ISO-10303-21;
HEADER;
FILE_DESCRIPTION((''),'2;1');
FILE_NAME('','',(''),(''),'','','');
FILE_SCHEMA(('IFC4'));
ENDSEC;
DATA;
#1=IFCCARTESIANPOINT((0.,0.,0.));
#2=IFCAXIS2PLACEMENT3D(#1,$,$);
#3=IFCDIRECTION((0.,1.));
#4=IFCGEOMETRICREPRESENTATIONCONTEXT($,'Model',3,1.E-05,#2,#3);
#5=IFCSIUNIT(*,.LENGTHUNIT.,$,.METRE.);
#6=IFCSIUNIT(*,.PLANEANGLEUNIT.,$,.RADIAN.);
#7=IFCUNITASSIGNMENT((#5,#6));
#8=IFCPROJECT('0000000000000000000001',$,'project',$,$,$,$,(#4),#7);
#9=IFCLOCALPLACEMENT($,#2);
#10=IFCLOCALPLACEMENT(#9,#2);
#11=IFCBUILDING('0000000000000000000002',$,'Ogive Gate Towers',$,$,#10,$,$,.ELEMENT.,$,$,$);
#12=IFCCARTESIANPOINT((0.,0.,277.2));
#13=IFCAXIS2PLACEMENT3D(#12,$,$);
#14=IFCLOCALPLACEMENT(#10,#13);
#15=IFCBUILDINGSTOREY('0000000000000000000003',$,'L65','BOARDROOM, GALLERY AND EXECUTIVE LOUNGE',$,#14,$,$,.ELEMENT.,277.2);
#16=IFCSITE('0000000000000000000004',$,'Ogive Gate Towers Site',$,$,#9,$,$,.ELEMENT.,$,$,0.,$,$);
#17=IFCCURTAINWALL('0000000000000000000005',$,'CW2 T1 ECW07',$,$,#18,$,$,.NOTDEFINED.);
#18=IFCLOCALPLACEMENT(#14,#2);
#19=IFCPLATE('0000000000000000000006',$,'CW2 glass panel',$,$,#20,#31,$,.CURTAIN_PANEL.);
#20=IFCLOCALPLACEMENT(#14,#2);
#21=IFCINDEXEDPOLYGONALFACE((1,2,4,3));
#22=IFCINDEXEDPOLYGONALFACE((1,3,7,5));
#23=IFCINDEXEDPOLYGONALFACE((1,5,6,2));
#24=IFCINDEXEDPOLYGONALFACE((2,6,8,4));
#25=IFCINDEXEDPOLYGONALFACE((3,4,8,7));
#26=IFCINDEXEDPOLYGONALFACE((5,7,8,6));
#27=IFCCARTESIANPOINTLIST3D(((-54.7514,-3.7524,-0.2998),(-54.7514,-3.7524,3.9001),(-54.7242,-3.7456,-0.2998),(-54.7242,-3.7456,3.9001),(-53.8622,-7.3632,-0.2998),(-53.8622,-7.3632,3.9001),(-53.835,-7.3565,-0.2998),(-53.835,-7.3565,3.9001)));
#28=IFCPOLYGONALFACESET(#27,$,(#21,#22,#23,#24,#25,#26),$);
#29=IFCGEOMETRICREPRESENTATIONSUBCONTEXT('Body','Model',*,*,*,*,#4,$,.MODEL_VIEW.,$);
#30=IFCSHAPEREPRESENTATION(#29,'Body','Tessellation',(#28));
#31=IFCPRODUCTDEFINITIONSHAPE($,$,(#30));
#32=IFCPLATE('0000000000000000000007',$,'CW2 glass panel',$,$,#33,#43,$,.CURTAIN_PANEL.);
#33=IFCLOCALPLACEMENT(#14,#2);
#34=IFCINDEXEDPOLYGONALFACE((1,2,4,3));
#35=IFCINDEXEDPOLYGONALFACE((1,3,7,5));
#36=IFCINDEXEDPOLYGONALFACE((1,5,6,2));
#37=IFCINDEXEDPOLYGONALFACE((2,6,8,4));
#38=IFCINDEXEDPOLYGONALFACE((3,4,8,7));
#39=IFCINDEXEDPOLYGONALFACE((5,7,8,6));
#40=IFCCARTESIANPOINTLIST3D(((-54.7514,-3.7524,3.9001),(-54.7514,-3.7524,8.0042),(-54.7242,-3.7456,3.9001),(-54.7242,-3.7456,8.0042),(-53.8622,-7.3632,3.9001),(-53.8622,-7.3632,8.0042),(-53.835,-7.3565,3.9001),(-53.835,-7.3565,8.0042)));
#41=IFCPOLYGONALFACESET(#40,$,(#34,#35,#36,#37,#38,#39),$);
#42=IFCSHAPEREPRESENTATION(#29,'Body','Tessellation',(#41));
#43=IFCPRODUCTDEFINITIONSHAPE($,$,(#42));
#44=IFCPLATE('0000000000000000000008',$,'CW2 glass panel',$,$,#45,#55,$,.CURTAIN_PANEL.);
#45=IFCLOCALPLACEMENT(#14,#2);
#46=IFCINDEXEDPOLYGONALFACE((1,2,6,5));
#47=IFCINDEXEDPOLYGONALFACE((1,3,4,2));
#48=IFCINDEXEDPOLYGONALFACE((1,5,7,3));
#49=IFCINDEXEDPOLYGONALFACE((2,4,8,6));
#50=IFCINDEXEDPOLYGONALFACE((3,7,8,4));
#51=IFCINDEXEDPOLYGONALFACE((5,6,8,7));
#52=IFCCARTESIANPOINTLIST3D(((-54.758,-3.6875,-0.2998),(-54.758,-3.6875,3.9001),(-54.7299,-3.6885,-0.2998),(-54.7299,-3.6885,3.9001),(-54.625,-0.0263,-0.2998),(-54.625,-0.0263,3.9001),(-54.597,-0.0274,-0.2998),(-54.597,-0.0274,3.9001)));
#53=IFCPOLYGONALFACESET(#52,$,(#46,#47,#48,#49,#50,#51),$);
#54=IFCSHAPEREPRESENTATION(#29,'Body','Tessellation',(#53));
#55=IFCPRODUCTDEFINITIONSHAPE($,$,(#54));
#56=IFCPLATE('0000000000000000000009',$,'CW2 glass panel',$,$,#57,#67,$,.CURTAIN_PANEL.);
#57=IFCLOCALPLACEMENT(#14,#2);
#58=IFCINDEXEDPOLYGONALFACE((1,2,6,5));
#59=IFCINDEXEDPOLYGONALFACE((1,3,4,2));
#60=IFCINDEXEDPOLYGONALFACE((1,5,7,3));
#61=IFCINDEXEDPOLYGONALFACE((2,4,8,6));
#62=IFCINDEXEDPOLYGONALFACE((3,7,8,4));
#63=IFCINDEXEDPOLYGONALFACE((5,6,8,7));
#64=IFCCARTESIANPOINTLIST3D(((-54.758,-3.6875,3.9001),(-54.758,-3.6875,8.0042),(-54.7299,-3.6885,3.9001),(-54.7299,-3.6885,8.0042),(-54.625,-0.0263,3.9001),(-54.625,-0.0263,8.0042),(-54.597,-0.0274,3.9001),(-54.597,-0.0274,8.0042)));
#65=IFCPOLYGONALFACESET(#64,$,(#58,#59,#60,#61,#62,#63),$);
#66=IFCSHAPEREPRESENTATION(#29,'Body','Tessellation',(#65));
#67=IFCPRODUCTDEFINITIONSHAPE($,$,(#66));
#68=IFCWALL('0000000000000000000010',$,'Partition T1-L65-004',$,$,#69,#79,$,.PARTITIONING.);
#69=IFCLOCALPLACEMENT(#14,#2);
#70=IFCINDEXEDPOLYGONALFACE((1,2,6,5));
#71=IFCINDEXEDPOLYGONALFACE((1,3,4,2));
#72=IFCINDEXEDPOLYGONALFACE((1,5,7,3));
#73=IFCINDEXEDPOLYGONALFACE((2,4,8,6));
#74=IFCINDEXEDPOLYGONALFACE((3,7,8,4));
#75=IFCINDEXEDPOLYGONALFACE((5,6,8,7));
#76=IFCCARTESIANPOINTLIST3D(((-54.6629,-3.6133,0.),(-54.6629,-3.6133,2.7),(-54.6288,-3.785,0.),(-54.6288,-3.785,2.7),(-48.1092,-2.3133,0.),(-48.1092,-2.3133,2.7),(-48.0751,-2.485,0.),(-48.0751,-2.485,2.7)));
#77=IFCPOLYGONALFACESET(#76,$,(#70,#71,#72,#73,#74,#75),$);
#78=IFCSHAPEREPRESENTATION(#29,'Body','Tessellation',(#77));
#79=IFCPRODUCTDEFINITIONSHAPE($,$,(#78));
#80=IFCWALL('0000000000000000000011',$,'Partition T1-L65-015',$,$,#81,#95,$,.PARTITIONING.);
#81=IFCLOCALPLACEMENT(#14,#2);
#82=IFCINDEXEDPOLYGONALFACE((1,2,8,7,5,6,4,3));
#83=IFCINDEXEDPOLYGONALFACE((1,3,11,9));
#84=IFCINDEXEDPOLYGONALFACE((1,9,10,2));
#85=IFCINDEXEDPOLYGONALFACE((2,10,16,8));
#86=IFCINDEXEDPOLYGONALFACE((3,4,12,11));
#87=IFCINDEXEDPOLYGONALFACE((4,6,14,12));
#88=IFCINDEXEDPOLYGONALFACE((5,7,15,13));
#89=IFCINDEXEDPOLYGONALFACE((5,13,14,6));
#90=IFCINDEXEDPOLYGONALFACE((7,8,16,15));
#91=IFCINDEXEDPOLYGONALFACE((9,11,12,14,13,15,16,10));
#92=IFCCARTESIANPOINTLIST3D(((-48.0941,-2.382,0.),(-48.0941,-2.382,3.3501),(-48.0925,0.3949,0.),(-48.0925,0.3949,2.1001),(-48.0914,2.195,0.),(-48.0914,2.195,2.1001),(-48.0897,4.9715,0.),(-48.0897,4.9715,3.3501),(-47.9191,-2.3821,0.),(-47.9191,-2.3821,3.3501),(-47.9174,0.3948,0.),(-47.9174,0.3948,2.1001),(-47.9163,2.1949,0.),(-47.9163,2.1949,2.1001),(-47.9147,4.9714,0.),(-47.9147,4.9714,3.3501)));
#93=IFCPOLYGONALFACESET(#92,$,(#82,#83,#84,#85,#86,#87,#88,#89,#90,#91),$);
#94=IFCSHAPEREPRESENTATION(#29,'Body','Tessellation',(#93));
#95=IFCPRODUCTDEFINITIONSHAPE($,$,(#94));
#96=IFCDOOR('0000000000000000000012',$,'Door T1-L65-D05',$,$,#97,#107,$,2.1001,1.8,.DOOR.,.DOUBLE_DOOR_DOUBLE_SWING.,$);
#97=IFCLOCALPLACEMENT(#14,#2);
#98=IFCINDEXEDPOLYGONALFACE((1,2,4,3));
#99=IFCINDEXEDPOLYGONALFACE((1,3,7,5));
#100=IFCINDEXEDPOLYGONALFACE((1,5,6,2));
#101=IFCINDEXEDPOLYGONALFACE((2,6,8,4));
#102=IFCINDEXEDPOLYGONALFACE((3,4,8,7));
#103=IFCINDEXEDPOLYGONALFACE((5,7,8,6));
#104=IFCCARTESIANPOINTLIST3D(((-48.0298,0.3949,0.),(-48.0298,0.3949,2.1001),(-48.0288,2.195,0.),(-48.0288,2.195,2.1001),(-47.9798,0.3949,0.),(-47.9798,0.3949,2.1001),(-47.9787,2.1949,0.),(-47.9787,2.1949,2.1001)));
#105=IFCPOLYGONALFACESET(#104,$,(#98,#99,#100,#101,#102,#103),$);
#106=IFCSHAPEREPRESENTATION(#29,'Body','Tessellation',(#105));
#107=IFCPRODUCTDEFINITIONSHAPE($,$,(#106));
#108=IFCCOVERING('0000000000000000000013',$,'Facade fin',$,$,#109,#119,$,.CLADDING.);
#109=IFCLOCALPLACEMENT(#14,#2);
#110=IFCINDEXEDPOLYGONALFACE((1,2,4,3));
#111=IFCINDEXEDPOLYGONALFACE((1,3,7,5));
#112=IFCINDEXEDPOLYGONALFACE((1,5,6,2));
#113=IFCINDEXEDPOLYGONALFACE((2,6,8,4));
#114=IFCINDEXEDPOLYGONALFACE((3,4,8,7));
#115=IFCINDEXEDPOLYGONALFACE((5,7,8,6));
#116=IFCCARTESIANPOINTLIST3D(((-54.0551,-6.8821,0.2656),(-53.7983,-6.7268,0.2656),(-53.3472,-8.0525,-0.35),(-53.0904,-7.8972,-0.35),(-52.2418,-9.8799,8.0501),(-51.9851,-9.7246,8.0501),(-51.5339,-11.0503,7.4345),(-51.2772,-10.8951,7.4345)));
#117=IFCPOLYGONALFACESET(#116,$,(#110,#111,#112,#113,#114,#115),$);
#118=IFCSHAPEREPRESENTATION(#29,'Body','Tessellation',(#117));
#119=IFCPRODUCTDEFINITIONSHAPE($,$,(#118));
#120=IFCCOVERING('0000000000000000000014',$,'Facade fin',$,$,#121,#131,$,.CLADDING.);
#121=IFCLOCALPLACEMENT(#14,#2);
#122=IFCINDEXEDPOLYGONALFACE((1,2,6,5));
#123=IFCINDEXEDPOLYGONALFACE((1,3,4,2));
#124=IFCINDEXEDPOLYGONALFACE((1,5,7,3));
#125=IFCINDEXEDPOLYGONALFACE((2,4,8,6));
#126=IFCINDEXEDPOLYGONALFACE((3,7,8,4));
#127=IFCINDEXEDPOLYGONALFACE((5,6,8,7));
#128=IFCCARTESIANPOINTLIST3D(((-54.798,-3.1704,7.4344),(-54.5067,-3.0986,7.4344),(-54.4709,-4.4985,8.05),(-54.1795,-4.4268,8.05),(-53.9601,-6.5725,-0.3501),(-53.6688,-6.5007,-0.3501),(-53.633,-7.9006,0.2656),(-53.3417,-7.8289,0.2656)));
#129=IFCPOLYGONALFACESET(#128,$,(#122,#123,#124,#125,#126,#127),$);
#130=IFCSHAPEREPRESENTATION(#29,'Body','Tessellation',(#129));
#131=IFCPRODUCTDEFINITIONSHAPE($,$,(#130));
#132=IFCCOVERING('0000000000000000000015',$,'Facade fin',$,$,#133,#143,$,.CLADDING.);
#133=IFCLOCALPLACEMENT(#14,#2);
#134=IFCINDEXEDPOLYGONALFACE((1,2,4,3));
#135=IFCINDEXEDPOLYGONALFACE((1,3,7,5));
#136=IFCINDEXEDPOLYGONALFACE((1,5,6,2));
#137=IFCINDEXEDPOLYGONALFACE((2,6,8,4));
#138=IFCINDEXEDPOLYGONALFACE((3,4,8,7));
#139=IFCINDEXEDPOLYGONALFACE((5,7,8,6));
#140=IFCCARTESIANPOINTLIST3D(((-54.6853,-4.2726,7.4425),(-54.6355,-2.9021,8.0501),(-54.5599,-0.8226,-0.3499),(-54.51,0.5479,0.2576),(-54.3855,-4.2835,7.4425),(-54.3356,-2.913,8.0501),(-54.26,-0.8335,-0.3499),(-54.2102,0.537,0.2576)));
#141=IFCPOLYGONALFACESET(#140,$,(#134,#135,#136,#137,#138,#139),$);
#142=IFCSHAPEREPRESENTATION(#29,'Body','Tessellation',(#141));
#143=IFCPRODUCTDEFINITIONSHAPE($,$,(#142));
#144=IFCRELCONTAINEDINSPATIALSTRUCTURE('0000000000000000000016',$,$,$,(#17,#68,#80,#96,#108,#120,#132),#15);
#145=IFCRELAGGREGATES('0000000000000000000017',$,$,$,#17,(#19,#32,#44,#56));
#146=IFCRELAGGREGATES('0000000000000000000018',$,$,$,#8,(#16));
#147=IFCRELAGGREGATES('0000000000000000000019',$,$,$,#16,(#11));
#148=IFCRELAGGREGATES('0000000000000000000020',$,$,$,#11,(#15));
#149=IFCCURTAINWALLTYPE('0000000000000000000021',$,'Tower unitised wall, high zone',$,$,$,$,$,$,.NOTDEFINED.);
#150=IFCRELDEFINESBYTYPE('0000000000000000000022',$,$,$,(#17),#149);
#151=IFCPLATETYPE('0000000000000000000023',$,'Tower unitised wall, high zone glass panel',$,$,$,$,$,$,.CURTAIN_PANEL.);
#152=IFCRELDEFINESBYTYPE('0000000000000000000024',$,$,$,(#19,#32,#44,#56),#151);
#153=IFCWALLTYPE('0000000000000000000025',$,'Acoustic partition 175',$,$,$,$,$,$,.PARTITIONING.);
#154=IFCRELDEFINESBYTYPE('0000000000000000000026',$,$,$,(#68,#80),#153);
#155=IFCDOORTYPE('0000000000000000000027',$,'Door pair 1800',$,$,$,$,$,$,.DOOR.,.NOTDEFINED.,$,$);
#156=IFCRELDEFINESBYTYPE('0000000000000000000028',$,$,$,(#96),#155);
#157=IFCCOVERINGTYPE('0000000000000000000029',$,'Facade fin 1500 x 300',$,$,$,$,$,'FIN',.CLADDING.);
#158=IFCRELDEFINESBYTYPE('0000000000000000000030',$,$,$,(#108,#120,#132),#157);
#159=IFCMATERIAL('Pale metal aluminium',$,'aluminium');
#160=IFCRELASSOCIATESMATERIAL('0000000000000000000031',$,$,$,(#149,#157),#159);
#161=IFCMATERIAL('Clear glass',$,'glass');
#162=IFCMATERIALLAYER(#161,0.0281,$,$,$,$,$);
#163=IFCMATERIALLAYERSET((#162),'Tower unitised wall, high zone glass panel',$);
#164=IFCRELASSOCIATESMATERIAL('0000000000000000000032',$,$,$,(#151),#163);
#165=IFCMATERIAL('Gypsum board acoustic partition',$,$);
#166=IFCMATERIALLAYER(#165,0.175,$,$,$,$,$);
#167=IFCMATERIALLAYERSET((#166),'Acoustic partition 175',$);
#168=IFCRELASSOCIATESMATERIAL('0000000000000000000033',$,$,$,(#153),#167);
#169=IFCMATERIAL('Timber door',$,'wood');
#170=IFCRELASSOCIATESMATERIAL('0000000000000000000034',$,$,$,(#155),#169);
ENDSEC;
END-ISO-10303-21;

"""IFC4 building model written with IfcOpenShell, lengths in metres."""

from ifc_helpers import new_model, si_unit, direction, frame, frame_2d, origin, origin_2d, place, context, subcontext, project, spatial, rectangle, extrude, material, layer, layer_set, material_profile, profile_set, type_object, element, fill, aggregate, save


model = new_model("IFC4")

# Units and contexts
model_context = context("Model", 3, precision=1e-05, world=origin(), true_north=direction((0.0, 1.0)))
body_context = subcontext(model_context, "Body", "Model", "MODEL_VIEW")
ifc_project = project(units=[si_unit("LENGTHUNIT", "METRE"), si_unit("PLANEANGLEUNIT", "RADIAN")], contexts=[model_context])

# Site, building, storey
site_placement = place(None, origin())
site = spatial("IfcSite", under=ifc_project, at=site_placement, Name="Ogive Gate Towers Site", CompositionType="ELEMENT", RefElevation=0.0)
building_placement = place(site_placement, origin())
building = spatial("IfcBuilding", under=site, at=building_placement, Name="Ogive Gate Towers", CompositionType="ELEMENT")
storey_placement = place(building_placement, frame((0.0, 0.0, 277.2)))
storey = spatial("IfcBuildingStorey", under=building, at=storey_placement, Name="L65", Description="BOARDROOM, GALLERY AND EXECUTIVE LOUNGE", CompositionType="ELEMENT", Elevation=277.2)

# Shared definitions
ifc_material_1 = material(Name="Pale metal aluminium", Category="aluminium")
curtain_wall_type = type_object("IfcCurtainWallType", Name="Tower unitised wall, high zone", PredefinedType="NOTDEFINED", material=ifc_material_1)

# Curtain wall, plates
curtain_wall_1_placement = place(storey_placement, origin())
curtain_wall_1 = element("IfcCurtainWall", 1, at=curtain_wall_1_placement, inside=storey, type_object=curtain_wall_type, Name="CW2 T1 ECW07", PredefinedType="NOTDEFINED")
ifc_material_2 = material(Name="Clear glass", Category="glass")
ifc_layer_1 = layer(ifc_material_2, 0.0281)
ifc_layer_set_1 = layer_set([ifc_layer_1], Name="Tower unitised wall, high zone glass panel")
plate_type = type_object("IfcPlateType", Name="Tower unitised wall, high zone glass panel", PredefinedType="CURTAIN_PANEL", material=ifc_layer_set_1)
plate_1_placement = place(storey_placement, frame((-54.2932, -5.5544, -0.2998), z_axis=(0.0, 0.0, 1.0), x_axis=(-0.23911, 0.970993, 0.0)))
plate_1 = element("IfcPlate", 2, at=plate_1_placement, type_object=plate_type, Name="CW2 glass panel", PredefinedType="CURTAIN_PANEL", context=body_context, shape_type="SweptSolid", body=[
    extrude(rectangle(XDim=3.7188, YDim=0.0281, at=origin_2d()), origin(), (0.0, 0.0, 1.0), 4.2),
])
plate_2_placement = place(storey_placement, frame((-54.2932, -5.5544, 3.9001), z_axis=(0.0, 0.0, 1.0), x_axis=(-0.23911, 0.970993, 0.0)))
plate_2 = element("IfcPlate", 3, at=plate_2_placement, type_object=plate_type, Name="CW2 glass panel", PredefinedType="CURTAIN_PANEL", context=body_context, shape_type="SweptSolid", body=[
    extrude(rectangle(XDim=3.7188, YDim=0.0281, at=origin_2d()), origin(), (0.0, 0.0, 1.0), 4.104),
])
plate_3_placement = place(storey_placement, frame((-54.6775, -1.8574, -0.2998), z_axis=(0.0, 0.0, 1.0), x_axis=(0.036295, 0.999341, 0.0)))
plate_3 = element("IfcPlate", 4, at=plate_3_placement, type_object=plate_type, Name="CW2 glass panel", PredefinedType="CURTAIN_PANEL", context=body_context, shape_type="SweptSolid", body=[
    extrude(rectangle(XDim=3.6636, YDim=0.0281, at=origin_2d()), origin(), (0.0, 0.0, 1.0), 4.2),
])
plate_4_placement = place(storey_placement, frame((-54.6775, -1.8574, 3.9001), z_axis=(0.0, 0.0, 1.0), x_axis=(0.036295, 0.999341, 0.0)))
plate_4 = element("IfcPlate", 5, at=plate_4_placement, type_object=plate_type, Name="CW2 glass panel", PredefinedType="CURTAIN_PANEL", context=body_context, shape_type="SweptSolid", body=[
    extrude(rectangle(XDim=3.6636, YDim=0.0281, at=origin_2d()), origin(), (0.0, 0.0, 1.0), 4.104),
])
aggregate(curtain_wall_1, [plate_1, plate_2, plate_3, plate_4])

# Wall
ifc_material_3 = material(Name="Gypsum board acoustic partition")
ifc_layer_2 = layer(ifc_material_3, 0.175)
ifc_layer_set_2 = layer_set([ifc_layer_2], Name="Acoustic partition 175")
wall_type = type_object("IfcWallType", Name="Acoustic partition 175", PredefinedType="PARTITIONING", material=ifc_layer_set_2)
wall_1_placement = place(storey_placement, frame((-54.646, -3.6992, 0.0), z_axis=(0.0, 0.0, 1.0), x_axis=(0.980887, 0.194577, 0.0)))
element("IfcWall", 6, at=wall_1_placement, inside=storey, type_object=wall_type, Name="Partition T1-L65-004", PredefinedType="PARTITIONING", context=body_context, shape_type="SweptSolid", body=[
    extrude(rectangle(XDim=6.6814, YDim=0.175, at=frame_2d((3.3408, 0.0))), origin(), (0.0, 0.0, 1.0), 2.7),
])

# Wall, opening, door
wall_2_placement = place(storey_placement, frame((-48.0066, -2.3821, 0.0), z_axis=(0.0, 0.0, 1.0), x_axis=(0.000598, 1.0, 0.0)))
wall_2 = element("IfcWall", 7, at=wall_2_placement, inside=storey, type_object=wall_type, Name="Partition T1-L65-015", PredefinedType="PARTITIONING", context=body_context, shape_type="SweptSolid", body=[
    extrude(rectangle(XDim=7.3535, YDim=0.175, at=frame_2d((3.6768, 0.0))), origin(), (0.0, 0.0, 1.0), 3.3501),
])
opening_placement = place(wall_2_placement, frame((2.7771, 0.0, 0.0)))
opening = element("IfcOpeningElement", 8, at=opening_placement, cuts=wall_2, PredefinedType="OPENING", context=body_context, shape_type="SweptSolid", body=[
    extrude(rectangle(XDim=1.8, YDim=2.1001, at=frame_2d((0.8999, 1.05))), frame((0.0, 0.0977, 0.0), z_axis=(0.0, -1.0, 0.0), x_axis=(1.0, 0.0, 0.0)), (0.0, 0.0, 1.0), 0.1951),
])
ifc_material_4 = material(Name="Timber door", Category="wood")
door_type = type_object("IfcDoorType", Name="Door pair 1800", OperationType="NOTDEFINED", PredefinedType="DOOR", material=ifc_material_4)
door_placement = place(opening_placement, origin())
door = element("IfcDoor", 9, at=door_placement, inside=storey, type_object=door_type, Name="Door T1-L65-D05", OperationType="DOUBLE_DOOR_DOUBLE_SWING", OverallHeight=2.1001, OverallWidth=1.8, PredefinedType="DOOR", context=body_context, shape_type="SweptSolid", body=[
    extrude(rectangle(XDim=1.8, YDim=2.1001, at=frame_2d((0.8999, 1.05))), frame((0.0, 0.0249, 0.0), z_axis=(0.0, -1.0, 0.0), x_axis=(1.0, 0.0, 0.0)), (0.0, 0.0, 1.0), 0.05),
])
fill(opening, door)

# Coverings
ifc_material_profile_1 = material_profile(ifc_material_1, rectangle(XDim=0.3, YDim=1.5, at=origin_2d()), Name="1500 x 300 pale metal aluminium")
ifc_profile_set_1 = profile_set([ifc_material_profile_1], Name="Pale metal aluminium")
covering_type = type_object("IfcCoveringType", Name="Facade fin 1500 x 300", ElementType="FIN", PredefinedType="CLADDING", material=ifc_profile_set_1)
for number, where, z_axis, x_axis, name in (
    (10, (-53.5728, -7.3896, -0.0422), (0.212409, -0.351175, 0.911898), (0.855655, 0.517546, 0.0), "Facade fin"),
    (11, (-53.6509, -7.2007, -0.0422), (-0.098153, 0.398531, 0.911888), (-0.970985, -0.23914, 0.0), "Facade fin"),
):
    element("IfcCovering", number, at=place(storey_placement, frame(where, z_axis=z_axis, x_axis=x_axis)), inside=storey, type_object=covering_type, Name=name, PredefinedType="CLADDING", context=body_context, shape_type="SweptSolid", body=[
        extrude(rectangle(XDim=0.3, YDim=1.5, at=origin_2d()), origin(), (0.0, 0.0, 1.0), 8.5366),
    ])
covering_placement = place(storey_placement, frame((-54.385, -0.1428, -0.0461), z_axis=(-0.014724, -0.404784, 0.914294), x_axis=(0.999339, -0.03635, 0.0)))
element("IfcCovering", 12, at=covering_placement, inside=storey, type_object=covering_type, Name="Facade fin", PredefinedType="CLADDING", context=body_context, shape_type="SweptSolid", body=[
    extrude(rectangle(XDim=0.3, YDim=1.5, at=origin_2d()), origin(), (0.0, 0.0, 1.0), 8.5229),
])

save(model, "model.ifc")
